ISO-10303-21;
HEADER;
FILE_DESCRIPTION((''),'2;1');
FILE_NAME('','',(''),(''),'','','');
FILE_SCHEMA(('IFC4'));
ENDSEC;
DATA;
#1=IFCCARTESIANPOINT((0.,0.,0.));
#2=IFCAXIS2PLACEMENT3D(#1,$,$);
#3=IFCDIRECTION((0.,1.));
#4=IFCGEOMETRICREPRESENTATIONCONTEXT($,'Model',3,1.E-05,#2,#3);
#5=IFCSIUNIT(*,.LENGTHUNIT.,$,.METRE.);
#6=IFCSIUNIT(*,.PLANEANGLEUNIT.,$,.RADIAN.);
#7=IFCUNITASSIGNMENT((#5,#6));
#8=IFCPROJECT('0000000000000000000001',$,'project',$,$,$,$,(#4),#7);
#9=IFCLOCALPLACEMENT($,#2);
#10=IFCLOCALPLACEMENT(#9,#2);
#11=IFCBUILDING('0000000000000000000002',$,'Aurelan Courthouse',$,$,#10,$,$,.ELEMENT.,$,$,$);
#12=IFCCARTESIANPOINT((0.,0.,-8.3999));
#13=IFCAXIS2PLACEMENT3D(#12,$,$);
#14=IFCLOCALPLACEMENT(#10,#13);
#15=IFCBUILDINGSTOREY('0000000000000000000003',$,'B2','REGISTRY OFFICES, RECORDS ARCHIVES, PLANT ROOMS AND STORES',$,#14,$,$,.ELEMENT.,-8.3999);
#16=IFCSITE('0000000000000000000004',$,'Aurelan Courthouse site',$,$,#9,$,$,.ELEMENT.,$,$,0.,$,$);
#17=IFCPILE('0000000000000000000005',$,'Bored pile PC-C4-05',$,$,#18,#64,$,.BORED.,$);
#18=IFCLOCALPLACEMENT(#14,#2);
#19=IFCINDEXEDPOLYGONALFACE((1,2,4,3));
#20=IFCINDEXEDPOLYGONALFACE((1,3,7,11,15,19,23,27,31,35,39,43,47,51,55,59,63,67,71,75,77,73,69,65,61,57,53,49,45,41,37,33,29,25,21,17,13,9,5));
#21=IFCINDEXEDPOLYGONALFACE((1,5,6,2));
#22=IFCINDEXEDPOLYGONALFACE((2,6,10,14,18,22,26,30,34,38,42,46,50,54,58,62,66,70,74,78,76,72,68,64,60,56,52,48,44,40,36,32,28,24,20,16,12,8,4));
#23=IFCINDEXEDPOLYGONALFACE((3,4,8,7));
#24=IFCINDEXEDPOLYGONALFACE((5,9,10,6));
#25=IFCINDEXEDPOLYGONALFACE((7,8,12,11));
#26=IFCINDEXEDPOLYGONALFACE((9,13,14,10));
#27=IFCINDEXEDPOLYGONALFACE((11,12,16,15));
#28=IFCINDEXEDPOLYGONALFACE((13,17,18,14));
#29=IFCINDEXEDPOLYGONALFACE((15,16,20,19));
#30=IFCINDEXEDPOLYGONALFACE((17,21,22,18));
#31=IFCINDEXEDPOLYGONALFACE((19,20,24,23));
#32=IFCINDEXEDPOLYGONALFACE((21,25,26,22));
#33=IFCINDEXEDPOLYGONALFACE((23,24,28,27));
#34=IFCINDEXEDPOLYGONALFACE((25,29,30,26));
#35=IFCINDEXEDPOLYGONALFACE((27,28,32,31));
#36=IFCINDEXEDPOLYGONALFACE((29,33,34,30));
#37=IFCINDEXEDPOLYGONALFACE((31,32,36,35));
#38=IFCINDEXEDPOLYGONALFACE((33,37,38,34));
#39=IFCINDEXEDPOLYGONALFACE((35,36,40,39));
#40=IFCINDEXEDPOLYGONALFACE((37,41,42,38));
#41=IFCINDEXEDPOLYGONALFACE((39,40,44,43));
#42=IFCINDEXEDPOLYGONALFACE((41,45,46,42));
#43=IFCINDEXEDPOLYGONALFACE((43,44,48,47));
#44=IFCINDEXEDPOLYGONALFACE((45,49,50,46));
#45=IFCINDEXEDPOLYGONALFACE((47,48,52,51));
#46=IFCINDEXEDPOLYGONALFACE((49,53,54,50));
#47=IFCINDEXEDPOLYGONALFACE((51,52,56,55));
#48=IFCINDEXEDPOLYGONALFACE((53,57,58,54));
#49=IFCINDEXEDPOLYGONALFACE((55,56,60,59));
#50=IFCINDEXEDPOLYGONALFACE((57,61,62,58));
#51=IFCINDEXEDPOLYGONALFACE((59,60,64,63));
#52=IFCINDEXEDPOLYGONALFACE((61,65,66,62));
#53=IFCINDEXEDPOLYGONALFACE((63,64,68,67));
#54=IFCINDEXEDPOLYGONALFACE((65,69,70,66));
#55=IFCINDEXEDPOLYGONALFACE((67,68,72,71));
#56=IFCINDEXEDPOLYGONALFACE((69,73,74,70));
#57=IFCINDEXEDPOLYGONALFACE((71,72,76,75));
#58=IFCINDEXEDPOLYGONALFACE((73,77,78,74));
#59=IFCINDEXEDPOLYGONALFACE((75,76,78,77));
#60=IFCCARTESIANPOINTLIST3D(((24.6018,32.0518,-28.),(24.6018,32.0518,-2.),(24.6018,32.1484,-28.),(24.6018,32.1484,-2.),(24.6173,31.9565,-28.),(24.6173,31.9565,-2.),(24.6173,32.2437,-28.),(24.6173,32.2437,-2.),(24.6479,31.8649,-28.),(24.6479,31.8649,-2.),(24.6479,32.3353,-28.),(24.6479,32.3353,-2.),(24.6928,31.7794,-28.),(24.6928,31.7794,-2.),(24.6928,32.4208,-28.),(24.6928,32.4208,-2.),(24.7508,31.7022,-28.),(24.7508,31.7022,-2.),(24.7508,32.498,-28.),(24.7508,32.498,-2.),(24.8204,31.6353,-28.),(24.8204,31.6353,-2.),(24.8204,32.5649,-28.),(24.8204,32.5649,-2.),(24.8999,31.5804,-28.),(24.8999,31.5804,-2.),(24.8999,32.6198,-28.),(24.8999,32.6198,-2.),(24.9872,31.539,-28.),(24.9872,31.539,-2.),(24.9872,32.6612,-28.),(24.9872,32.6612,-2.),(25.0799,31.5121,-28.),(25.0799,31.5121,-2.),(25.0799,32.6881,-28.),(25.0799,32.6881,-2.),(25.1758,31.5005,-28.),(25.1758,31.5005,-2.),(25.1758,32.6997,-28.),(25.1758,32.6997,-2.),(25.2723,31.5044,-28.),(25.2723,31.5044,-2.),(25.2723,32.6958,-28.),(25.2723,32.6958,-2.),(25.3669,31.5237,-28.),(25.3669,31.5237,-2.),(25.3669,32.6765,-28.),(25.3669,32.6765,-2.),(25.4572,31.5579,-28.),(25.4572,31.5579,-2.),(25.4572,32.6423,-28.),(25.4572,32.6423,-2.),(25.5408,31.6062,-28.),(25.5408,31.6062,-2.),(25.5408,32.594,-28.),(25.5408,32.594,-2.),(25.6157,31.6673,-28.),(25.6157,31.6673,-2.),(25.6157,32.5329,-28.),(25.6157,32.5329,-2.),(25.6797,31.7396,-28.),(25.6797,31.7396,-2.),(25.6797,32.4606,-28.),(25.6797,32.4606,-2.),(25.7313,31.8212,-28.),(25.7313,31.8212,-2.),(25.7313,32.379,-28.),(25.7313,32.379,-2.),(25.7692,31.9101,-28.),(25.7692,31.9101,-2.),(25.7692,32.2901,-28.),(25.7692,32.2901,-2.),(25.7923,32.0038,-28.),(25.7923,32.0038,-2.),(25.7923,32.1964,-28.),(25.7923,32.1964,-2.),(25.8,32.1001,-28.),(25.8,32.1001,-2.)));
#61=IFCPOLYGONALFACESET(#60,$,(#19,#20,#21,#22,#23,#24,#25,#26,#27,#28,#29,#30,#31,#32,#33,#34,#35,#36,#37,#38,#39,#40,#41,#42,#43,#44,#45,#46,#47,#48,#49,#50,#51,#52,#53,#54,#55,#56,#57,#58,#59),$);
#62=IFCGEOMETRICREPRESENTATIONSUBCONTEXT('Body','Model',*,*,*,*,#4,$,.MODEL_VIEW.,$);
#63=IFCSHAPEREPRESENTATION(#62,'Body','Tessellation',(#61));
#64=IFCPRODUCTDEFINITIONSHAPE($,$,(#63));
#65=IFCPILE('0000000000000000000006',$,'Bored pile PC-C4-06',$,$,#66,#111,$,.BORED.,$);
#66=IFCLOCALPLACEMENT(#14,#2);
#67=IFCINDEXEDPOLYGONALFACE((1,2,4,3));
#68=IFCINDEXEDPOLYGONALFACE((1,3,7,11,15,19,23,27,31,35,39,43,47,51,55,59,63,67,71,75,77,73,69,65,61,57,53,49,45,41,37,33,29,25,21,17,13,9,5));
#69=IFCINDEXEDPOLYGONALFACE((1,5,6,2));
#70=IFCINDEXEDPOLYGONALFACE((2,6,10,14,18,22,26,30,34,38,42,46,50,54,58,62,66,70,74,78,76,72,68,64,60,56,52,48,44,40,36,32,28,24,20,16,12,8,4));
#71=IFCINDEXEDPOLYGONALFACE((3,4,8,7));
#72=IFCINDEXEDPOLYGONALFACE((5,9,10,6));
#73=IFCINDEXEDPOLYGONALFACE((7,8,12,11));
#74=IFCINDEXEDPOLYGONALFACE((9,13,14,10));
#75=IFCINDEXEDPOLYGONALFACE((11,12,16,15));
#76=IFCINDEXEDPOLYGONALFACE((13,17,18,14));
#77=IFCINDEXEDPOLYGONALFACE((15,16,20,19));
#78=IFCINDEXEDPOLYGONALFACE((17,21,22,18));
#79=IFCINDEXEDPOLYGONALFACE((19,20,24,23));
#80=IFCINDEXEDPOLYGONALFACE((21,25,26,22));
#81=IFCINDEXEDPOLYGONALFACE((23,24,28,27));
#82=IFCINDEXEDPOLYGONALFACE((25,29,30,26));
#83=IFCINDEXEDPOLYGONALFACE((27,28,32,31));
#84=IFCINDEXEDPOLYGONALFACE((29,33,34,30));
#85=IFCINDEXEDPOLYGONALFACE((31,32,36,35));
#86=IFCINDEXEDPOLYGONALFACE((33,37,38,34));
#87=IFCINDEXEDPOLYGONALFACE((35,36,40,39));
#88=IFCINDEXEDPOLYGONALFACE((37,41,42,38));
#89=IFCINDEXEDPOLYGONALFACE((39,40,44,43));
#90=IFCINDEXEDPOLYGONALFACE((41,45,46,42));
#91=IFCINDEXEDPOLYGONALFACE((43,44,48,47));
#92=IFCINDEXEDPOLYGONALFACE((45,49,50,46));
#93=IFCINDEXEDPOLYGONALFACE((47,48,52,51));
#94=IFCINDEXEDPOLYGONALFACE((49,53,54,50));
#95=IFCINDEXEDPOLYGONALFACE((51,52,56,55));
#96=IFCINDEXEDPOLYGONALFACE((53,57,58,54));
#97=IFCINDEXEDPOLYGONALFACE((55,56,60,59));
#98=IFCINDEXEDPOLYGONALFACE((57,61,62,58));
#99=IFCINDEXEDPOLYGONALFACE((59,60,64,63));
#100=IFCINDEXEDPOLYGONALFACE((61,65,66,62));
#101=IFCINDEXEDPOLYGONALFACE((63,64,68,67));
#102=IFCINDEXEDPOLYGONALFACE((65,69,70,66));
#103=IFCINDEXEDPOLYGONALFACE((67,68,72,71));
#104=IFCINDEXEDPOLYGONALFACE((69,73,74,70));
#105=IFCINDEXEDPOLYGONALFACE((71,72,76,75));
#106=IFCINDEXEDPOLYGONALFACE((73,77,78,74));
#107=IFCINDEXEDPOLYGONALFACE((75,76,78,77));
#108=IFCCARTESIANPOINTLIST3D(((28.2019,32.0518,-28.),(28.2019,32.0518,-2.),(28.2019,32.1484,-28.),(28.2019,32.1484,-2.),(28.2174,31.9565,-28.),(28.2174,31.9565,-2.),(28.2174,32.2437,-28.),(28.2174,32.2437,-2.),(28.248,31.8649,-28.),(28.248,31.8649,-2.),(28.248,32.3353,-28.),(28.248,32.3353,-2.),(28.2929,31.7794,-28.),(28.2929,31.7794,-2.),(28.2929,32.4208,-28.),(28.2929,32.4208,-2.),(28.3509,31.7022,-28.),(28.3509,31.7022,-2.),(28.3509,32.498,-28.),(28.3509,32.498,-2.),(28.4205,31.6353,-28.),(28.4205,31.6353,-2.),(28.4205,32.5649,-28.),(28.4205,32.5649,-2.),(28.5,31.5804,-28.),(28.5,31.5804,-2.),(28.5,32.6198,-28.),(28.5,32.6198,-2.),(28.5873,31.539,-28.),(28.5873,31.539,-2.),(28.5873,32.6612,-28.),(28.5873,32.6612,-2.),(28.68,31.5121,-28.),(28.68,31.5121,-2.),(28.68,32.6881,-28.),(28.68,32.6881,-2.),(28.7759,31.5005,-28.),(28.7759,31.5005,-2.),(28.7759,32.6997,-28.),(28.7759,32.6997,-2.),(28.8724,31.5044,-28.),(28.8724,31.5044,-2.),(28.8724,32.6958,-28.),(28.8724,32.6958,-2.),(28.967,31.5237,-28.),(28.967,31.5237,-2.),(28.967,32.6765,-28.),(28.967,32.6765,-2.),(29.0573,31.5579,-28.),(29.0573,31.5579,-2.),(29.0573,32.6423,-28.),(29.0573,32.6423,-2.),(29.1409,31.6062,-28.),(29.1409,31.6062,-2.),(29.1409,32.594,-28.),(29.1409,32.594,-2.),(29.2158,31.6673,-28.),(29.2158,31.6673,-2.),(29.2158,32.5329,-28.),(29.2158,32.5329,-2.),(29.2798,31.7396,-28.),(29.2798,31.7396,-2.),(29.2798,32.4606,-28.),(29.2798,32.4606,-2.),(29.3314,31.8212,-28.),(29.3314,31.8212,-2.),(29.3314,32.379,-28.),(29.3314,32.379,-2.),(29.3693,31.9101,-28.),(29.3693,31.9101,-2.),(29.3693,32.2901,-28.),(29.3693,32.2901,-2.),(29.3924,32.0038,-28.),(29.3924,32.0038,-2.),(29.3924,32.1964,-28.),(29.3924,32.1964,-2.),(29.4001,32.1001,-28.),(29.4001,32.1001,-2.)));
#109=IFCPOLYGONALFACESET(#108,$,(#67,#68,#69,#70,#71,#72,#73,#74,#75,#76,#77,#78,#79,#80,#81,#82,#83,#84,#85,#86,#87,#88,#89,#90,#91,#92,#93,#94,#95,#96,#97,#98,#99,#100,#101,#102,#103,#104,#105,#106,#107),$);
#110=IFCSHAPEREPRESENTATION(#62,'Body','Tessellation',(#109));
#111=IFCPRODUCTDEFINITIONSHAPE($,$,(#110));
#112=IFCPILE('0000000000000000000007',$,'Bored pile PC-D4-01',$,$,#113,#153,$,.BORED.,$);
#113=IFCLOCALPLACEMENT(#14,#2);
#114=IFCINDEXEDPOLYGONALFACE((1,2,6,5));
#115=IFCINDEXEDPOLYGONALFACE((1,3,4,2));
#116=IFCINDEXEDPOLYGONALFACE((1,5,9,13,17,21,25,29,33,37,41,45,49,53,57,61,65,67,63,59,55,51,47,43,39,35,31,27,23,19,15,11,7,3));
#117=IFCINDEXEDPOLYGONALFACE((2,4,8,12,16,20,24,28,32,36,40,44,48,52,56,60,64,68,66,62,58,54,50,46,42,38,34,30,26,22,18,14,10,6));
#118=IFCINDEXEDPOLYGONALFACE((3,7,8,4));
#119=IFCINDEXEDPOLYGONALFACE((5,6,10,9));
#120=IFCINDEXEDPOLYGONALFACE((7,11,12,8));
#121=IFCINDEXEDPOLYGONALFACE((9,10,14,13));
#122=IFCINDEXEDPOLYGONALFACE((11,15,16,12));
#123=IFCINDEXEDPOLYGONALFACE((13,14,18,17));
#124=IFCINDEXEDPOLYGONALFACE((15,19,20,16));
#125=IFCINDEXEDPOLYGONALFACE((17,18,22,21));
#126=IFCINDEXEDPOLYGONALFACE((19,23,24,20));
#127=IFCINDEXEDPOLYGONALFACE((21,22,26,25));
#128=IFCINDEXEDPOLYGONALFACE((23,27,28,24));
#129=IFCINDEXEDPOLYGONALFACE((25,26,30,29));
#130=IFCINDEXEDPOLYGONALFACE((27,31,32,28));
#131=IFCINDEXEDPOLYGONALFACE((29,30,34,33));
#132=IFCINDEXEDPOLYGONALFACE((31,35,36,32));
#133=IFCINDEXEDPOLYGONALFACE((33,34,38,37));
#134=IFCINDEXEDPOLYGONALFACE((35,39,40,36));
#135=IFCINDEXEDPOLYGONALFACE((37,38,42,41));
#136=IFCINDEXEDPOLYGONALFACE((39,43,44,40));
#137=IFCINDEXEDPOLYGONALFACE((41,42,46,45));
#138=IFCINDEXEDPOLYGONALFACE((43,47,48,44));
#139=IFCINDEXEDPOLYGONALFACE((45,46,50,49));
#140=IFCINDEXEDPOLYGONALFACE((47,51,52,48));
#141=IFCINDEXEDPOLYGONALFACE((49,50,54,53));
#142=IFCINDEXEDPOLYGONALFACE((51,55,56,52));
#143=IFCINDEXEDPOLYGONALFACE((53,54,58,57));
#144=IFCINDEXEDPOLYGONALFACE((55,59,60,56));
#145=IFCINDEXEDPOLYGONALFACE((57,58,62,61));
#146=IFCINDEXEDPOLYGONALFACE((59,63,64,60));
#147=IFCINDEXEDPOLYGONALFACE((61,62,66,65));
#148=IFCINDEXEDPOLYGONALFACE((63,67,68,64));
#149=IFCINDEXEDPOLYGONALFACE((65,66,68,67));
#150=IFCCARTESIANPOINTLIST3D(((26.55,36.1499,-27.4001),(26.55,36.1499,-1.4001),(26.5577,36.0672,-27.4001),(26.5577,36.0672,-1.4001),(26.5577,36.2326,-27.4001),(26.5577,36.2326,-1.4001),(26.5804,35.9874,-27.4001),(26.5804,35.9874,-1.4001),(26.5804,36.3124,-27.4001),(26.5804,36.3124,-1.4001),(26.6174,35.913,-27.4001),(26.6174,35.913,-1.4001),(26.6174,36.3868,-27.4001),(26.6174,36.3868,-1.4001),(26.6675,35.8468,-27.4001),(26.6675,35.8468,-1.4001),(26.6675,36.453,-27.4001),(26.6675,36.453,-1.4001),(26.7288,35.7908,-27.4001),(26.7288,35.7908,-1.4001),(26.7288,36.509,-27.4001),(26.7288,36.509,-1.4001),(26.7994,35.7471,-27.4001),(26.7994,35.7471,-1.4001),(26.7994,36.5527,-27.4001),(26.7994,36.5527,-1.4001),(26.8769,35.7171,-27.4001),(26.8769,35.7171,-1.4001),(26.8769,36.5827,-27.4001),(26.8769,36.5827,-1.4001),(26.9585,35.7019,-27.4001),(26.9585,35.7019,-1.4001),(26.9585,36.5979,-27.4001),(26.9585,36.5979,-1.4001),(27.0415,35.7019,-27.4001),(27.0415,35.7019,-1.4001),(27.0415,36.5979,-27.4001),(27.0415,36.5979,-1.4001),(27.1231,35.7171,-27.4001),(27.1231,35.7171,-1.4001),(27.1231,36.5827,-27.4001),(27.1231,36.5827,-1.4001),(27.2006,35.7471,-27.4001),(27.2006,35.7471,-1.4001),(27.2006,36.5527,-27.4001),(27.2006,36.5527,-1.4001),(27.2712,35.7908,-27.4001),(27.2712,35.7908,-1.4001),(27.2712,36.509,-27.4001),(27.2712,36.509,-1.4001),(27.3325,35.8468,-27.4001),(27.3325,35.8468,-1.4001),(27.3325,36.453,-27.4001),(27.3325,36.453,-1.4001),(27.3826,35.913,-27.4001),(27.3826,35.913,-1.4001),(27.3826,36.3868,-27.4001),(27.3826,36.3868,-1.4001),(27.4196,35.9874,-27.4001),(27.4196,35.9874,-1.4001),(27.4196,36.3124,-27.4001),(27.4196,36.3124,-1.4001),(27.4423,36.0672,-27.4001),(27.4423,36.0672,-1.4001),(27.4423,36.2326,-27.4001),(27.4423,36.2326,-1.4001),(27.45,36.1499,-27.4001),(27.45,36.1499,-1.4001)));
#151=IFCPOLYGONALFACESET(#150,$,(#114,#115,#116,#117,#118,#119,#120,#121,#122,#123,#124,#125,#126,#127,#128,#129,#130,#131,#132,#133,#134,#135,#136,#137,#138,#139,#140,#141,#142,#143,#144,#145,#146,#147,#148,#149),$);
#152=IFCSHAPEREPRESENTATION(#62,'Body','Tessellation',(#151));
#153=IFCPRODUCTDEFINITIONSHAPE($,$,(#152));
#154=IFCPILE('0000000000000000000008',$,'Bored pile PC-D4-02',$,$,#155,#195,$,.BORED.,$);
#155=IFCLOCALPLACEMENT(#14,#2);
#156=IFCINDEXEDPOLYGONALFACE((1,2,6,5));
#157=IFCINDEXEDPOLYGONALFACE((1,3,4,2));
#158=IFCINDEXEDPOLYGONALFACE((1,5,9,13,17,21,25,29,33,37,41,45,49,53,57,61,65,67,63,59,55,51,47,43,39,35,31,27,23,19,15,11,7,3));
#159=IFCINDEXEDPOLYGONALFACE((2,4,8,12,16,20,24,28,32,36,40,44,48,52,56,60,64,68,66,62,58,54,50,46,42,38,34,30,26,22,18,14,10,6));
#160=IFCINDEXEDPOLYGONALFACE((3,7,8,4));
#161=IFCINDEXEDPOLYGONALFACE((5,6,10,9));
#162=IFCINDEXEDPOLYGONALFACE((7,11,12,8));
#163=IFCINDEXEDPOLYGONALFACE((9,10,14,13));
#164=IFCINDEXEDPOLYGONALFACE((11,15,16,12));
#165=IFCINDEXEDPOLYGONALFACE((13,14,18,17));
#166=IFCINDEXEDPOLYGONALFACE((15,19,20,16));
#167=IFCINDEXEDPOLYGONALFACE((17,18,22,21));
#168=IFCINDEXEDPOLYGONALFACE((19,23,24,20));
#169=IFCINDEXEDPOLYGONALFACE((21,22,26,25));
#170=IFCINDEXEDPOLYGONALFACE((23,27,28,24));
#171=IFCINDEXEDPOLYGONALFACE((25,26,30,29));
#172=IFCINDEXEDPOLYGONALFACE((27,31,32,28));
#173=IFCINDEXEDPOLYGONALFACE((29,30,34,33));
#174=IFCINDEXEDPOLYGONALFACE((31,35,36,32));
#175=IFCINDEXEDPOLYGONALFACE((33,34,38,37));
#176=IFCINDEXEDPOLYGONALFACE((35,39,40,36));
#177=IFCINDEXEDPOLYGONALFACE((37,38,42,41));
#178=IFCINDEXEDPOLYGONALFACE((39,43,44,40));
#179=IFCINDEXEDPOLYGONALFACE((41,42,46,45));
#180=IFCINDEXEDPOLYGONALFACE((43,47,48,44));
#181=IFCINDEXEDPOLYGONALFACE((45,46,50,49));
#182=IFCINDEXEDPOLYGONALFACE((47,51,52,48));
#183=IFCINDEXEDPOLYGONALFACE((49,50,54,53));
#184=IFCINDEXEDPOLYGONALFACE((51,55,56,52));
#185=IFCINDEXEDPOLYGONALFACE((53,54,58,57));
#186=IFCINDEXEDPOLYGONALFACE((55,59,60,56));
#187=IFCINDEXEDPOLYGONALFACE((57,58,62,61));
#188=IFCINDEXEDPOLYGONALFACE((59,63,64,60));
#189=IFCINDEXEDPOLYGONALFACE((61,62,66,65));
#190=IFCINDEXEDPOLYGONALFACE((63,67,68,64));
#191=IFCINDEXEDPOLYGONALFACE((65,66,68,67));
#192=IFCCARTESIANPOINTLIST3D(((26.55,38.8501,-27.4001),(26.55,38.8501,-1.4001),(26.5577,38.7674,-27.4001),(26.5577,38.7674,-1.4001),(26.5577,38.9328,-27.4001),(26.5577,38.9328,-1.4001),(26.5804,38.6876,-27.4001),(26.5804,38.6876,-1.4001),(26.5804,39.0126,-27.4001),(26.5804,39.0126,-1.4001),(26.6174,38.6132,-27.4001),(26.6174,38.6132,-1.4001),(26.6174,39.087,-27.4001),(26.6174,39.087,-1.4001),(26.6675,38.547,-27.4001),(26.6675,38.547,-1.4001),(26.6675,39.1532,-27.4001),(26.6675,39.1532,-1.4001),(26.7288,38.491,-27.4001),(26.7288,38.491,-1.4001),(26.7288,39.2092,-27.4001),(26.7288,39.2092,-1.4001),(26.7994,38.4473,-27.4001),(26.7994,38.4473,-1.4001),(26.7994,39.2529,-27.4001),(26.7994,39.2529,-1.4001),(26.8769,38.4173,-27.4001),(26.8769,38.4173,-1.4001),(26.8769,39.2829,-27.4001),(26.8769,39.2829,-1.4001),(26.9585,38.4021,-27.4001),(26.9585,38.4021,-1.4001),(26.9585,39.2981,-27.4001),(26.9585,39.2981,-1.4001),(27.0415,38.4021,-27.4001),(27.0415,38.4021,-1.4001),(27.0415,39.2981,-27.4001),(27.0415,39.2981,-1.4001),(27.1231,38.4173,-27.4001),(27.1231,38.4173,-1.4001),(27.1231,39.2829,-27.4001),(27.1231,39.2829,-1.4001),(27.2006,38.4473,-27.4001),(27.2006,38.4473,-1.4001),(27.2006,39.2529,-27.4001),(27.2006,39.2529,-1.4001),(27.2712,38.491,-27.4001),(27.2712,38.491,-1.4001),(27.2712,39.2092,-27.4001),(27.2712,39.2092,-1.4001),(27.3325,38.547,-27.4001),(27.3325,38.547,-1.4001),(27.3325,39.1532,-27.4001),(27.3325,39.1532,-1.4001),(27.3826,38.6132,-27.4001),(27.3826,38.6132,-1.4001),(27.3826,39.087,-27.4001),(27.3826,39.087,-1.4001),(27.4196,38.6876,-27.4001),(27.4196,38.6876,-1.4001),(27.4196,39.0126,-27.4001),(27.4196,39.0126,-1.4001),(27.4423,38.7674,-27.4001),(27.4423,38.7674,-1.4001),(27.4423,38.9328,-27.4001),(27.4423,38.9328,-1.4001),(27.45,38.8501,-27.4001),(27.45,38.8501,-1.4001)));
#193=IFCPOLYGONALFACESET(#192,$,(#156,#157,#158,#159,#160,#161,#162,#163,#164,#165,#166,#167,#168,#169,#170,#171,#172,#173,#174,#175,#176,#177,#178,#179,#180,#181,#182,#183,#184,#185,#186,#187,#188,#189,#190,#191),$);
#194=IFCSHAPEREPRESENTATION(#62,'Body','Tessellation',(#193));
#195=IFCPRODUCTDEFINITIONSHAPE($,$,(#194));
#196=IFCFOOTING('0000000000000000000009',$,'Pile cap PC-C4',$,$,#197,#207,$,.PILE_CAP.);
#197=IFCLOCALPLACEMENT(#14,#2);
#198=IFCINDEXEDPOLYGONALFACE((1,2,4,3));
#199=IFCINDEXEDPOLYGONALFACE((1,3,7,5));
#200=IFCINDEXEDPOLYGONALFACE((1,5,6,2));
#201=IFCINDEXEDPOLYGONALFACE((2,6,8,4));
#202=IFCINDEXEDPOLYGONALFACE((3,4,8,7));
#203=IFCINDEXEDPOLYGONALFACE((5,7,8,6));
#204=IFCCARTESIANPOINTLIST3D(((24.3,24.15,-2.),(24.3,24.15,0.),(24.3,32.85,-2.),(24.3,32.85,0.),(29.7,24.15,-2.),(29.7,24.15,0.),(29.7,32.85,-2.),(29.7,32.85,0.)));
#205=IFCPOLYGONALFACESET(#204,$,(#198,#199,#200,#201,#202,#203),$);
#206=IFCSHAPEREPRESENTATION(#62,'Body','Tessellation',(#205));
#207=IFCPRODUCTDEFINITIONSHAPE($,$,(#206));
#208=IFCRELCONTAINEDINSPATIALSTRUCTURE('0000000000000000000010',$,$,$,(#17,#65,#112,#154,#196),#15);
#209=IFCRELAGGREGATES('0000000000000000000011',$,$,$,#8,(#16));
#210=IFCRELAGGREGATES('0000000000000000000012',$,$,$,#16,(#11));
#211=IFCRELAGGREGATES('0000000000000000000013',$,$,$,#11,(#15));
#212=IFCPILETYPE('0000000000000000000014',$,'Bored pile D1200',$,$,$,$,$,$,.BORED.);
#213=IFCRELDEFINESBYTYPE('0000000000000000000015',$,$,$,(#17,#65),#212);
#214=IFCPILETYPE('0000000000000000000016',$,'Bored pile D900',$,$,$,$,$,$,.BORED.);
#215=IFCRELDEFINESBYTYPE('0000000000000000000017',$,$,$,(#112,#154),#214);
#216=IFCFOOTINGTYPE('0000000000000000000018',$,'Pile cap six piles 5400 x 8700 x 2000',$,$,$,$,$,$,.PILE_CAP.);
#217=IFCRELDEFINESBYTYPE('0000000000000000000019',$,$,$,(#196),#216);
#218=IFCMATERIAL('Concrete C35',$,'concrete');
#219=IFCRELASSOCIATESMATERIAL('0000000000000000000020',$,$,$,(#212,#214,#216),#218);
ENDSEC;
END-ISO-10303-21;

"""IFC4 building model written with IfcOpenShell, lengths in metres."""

from ifc_helpers import new_model, si_unit, direction, frame, origin, origin_2d, place, context, subcontext, project, spatial, rectangle, circle, extrude, material, material_profile, profile_set, type_object, element, save


model = new_model("IFC4")

# Units and contexts
model_context = context("Model", 3, precision=1e-05, world=origin(), true_north=direction((0.0, 1.0)))
body_context = subcontext(model_context, "Body", "Model", "MODEL_VIEW")
ifc_project = project(units=[si_unit("LENGTHUNIT", "METRE"), si_unit("PLANEANGLEUNIT", "RADIAN")], contexts=[model_context])

# Site, building, storey
site_placement = place(None, origin())
site = spatial("IfcSite", under=ifc_project, at=site_placement, Name="Aurelan Courthouse site", CompositionType="ELEMENT", RefElevation=0.0)
building_placement = place(site_placement, origin())
building = spatial("IfcBuilding", under=site, at=building_placement, Name="Aurelan Courthouse", CompositionType="ELEMENT")
storey_placement = place(building_placement, frame((0.0, 0.0, -8.3999)))
storey = spatial("IfcBuildingStorey", under=building, at=storey_placement, Name="B2", Description="REGISTRY OFFICES, RECORDS ARCHIVES, PLANT ROOMS AND STORES", CompositionType="ELEMENT", Elevation=-8.3999)

# Piles
ifc_material_1 = material(Name="Concrete C35", Category="concrete")
ifc_material_profile_1 = material_profile(ifc_material_1, circle(Radius=0.6001, at=origin_2d()), Name="D1200")
ifc_profile_set_1 = profile_set([ifc_material_profile_1], Name="Concrete C35")
pile_type_1 = type_object("IfcPileType", Name="Bored pile D1200", PredefinedType="BORED", material=ifc_profile_set_1)
for number, where, z_axis, x_axis, name in (
    (1, (25.2, 32.1001, -2.0), (0.0, 0.0, -1.0), (1.0, 0.0, 0.0), "Bored pile PC-C4-05"),
    (2, (28.8, 32.1001, -2.0), (0.0, 0.0, -1.0), (1.0, 0.0, 0.0), "Bored pile PC-C4-06"),
):
    element("IfcPile", number, at=place(storey_placement, frame(where, z_axis=z_axis, x_axis=x_axis)), inside=storey, type_object=pile_type_1, Name=name, PredefinedType="BORED", context=body_context, shape_type="SweptSolid", body=[
        extrude(circle(Radius=0.6001, at=origin_2d()), origin(), (0.0, 0.0, 1.0), 26.0),
    ])
ifc_material_profile_2 = material_profile(ifc_material_1, circle(Radius=0.45, at=origin_2d()), Name="D900")
ifc_profile_set_2 = profile_set([ifc_material_profile_2], Name="Concrete C35")
pile_type_2 = type_object("IfcPileType", Name="Bored pile D900", PredefinedType="BORED", material=ifc_profile_set_2)
for number, where, z_axis, x_axis, name in (
    (3, (27.0, 36.1499, -1.4001), (0.0, 0.0, -1.0), (1.0, 0.0, 0.0), "Bored pile PC-D4-01"),
    (4, (27.0, 38.8501, -1.4001), (0.0, 0.0, -1.0), (1.0, 0.0, 0.0), "Bored pile PC-D4-02"),
):
    element("IfcPile", number, at=place(storey_placement, frame(where, z_axis=z_axis, x_axis=x_axis)), inside=storey, type_object=pile_type_2, Name=name, PredefinedType="BORED", context=body_context, shape_type="SweptSolid", body=[
        extrude(circle(Radius=0.45, at=origin_2d()), origin(), (0.0, 0.0, 1.0), 26.0),
    ])

# Footing
footing_type_1 = type_object("IfcFootingType", Name="Pile cap six piles 5400 x 8700 x 2000", PredefinedType="PILE_CAP", material=ifc_material_1)
footing_1_placement = place(storey_placement, frame((27.0, 28.5, -2.0), z_axis=(0.0, 0.0, 1.0), x_axis=(1.0, 0.0, 0.0)))
element("IfcFooting", 5, at=footing_1_placement, inside=storey, type_object=footing_type_1, Name="Pile cap PC-C4", PredefinedType="PILE_CAP", context=body_context, shape_type="SweptSolid", body=[
    extrude(rectangle(XDim=5.3999, YDim=8.7, at=origin_2d()), origin(), (0.0, 0.0, 1.0), 2.0),
])

save(model, "model.ifc")
